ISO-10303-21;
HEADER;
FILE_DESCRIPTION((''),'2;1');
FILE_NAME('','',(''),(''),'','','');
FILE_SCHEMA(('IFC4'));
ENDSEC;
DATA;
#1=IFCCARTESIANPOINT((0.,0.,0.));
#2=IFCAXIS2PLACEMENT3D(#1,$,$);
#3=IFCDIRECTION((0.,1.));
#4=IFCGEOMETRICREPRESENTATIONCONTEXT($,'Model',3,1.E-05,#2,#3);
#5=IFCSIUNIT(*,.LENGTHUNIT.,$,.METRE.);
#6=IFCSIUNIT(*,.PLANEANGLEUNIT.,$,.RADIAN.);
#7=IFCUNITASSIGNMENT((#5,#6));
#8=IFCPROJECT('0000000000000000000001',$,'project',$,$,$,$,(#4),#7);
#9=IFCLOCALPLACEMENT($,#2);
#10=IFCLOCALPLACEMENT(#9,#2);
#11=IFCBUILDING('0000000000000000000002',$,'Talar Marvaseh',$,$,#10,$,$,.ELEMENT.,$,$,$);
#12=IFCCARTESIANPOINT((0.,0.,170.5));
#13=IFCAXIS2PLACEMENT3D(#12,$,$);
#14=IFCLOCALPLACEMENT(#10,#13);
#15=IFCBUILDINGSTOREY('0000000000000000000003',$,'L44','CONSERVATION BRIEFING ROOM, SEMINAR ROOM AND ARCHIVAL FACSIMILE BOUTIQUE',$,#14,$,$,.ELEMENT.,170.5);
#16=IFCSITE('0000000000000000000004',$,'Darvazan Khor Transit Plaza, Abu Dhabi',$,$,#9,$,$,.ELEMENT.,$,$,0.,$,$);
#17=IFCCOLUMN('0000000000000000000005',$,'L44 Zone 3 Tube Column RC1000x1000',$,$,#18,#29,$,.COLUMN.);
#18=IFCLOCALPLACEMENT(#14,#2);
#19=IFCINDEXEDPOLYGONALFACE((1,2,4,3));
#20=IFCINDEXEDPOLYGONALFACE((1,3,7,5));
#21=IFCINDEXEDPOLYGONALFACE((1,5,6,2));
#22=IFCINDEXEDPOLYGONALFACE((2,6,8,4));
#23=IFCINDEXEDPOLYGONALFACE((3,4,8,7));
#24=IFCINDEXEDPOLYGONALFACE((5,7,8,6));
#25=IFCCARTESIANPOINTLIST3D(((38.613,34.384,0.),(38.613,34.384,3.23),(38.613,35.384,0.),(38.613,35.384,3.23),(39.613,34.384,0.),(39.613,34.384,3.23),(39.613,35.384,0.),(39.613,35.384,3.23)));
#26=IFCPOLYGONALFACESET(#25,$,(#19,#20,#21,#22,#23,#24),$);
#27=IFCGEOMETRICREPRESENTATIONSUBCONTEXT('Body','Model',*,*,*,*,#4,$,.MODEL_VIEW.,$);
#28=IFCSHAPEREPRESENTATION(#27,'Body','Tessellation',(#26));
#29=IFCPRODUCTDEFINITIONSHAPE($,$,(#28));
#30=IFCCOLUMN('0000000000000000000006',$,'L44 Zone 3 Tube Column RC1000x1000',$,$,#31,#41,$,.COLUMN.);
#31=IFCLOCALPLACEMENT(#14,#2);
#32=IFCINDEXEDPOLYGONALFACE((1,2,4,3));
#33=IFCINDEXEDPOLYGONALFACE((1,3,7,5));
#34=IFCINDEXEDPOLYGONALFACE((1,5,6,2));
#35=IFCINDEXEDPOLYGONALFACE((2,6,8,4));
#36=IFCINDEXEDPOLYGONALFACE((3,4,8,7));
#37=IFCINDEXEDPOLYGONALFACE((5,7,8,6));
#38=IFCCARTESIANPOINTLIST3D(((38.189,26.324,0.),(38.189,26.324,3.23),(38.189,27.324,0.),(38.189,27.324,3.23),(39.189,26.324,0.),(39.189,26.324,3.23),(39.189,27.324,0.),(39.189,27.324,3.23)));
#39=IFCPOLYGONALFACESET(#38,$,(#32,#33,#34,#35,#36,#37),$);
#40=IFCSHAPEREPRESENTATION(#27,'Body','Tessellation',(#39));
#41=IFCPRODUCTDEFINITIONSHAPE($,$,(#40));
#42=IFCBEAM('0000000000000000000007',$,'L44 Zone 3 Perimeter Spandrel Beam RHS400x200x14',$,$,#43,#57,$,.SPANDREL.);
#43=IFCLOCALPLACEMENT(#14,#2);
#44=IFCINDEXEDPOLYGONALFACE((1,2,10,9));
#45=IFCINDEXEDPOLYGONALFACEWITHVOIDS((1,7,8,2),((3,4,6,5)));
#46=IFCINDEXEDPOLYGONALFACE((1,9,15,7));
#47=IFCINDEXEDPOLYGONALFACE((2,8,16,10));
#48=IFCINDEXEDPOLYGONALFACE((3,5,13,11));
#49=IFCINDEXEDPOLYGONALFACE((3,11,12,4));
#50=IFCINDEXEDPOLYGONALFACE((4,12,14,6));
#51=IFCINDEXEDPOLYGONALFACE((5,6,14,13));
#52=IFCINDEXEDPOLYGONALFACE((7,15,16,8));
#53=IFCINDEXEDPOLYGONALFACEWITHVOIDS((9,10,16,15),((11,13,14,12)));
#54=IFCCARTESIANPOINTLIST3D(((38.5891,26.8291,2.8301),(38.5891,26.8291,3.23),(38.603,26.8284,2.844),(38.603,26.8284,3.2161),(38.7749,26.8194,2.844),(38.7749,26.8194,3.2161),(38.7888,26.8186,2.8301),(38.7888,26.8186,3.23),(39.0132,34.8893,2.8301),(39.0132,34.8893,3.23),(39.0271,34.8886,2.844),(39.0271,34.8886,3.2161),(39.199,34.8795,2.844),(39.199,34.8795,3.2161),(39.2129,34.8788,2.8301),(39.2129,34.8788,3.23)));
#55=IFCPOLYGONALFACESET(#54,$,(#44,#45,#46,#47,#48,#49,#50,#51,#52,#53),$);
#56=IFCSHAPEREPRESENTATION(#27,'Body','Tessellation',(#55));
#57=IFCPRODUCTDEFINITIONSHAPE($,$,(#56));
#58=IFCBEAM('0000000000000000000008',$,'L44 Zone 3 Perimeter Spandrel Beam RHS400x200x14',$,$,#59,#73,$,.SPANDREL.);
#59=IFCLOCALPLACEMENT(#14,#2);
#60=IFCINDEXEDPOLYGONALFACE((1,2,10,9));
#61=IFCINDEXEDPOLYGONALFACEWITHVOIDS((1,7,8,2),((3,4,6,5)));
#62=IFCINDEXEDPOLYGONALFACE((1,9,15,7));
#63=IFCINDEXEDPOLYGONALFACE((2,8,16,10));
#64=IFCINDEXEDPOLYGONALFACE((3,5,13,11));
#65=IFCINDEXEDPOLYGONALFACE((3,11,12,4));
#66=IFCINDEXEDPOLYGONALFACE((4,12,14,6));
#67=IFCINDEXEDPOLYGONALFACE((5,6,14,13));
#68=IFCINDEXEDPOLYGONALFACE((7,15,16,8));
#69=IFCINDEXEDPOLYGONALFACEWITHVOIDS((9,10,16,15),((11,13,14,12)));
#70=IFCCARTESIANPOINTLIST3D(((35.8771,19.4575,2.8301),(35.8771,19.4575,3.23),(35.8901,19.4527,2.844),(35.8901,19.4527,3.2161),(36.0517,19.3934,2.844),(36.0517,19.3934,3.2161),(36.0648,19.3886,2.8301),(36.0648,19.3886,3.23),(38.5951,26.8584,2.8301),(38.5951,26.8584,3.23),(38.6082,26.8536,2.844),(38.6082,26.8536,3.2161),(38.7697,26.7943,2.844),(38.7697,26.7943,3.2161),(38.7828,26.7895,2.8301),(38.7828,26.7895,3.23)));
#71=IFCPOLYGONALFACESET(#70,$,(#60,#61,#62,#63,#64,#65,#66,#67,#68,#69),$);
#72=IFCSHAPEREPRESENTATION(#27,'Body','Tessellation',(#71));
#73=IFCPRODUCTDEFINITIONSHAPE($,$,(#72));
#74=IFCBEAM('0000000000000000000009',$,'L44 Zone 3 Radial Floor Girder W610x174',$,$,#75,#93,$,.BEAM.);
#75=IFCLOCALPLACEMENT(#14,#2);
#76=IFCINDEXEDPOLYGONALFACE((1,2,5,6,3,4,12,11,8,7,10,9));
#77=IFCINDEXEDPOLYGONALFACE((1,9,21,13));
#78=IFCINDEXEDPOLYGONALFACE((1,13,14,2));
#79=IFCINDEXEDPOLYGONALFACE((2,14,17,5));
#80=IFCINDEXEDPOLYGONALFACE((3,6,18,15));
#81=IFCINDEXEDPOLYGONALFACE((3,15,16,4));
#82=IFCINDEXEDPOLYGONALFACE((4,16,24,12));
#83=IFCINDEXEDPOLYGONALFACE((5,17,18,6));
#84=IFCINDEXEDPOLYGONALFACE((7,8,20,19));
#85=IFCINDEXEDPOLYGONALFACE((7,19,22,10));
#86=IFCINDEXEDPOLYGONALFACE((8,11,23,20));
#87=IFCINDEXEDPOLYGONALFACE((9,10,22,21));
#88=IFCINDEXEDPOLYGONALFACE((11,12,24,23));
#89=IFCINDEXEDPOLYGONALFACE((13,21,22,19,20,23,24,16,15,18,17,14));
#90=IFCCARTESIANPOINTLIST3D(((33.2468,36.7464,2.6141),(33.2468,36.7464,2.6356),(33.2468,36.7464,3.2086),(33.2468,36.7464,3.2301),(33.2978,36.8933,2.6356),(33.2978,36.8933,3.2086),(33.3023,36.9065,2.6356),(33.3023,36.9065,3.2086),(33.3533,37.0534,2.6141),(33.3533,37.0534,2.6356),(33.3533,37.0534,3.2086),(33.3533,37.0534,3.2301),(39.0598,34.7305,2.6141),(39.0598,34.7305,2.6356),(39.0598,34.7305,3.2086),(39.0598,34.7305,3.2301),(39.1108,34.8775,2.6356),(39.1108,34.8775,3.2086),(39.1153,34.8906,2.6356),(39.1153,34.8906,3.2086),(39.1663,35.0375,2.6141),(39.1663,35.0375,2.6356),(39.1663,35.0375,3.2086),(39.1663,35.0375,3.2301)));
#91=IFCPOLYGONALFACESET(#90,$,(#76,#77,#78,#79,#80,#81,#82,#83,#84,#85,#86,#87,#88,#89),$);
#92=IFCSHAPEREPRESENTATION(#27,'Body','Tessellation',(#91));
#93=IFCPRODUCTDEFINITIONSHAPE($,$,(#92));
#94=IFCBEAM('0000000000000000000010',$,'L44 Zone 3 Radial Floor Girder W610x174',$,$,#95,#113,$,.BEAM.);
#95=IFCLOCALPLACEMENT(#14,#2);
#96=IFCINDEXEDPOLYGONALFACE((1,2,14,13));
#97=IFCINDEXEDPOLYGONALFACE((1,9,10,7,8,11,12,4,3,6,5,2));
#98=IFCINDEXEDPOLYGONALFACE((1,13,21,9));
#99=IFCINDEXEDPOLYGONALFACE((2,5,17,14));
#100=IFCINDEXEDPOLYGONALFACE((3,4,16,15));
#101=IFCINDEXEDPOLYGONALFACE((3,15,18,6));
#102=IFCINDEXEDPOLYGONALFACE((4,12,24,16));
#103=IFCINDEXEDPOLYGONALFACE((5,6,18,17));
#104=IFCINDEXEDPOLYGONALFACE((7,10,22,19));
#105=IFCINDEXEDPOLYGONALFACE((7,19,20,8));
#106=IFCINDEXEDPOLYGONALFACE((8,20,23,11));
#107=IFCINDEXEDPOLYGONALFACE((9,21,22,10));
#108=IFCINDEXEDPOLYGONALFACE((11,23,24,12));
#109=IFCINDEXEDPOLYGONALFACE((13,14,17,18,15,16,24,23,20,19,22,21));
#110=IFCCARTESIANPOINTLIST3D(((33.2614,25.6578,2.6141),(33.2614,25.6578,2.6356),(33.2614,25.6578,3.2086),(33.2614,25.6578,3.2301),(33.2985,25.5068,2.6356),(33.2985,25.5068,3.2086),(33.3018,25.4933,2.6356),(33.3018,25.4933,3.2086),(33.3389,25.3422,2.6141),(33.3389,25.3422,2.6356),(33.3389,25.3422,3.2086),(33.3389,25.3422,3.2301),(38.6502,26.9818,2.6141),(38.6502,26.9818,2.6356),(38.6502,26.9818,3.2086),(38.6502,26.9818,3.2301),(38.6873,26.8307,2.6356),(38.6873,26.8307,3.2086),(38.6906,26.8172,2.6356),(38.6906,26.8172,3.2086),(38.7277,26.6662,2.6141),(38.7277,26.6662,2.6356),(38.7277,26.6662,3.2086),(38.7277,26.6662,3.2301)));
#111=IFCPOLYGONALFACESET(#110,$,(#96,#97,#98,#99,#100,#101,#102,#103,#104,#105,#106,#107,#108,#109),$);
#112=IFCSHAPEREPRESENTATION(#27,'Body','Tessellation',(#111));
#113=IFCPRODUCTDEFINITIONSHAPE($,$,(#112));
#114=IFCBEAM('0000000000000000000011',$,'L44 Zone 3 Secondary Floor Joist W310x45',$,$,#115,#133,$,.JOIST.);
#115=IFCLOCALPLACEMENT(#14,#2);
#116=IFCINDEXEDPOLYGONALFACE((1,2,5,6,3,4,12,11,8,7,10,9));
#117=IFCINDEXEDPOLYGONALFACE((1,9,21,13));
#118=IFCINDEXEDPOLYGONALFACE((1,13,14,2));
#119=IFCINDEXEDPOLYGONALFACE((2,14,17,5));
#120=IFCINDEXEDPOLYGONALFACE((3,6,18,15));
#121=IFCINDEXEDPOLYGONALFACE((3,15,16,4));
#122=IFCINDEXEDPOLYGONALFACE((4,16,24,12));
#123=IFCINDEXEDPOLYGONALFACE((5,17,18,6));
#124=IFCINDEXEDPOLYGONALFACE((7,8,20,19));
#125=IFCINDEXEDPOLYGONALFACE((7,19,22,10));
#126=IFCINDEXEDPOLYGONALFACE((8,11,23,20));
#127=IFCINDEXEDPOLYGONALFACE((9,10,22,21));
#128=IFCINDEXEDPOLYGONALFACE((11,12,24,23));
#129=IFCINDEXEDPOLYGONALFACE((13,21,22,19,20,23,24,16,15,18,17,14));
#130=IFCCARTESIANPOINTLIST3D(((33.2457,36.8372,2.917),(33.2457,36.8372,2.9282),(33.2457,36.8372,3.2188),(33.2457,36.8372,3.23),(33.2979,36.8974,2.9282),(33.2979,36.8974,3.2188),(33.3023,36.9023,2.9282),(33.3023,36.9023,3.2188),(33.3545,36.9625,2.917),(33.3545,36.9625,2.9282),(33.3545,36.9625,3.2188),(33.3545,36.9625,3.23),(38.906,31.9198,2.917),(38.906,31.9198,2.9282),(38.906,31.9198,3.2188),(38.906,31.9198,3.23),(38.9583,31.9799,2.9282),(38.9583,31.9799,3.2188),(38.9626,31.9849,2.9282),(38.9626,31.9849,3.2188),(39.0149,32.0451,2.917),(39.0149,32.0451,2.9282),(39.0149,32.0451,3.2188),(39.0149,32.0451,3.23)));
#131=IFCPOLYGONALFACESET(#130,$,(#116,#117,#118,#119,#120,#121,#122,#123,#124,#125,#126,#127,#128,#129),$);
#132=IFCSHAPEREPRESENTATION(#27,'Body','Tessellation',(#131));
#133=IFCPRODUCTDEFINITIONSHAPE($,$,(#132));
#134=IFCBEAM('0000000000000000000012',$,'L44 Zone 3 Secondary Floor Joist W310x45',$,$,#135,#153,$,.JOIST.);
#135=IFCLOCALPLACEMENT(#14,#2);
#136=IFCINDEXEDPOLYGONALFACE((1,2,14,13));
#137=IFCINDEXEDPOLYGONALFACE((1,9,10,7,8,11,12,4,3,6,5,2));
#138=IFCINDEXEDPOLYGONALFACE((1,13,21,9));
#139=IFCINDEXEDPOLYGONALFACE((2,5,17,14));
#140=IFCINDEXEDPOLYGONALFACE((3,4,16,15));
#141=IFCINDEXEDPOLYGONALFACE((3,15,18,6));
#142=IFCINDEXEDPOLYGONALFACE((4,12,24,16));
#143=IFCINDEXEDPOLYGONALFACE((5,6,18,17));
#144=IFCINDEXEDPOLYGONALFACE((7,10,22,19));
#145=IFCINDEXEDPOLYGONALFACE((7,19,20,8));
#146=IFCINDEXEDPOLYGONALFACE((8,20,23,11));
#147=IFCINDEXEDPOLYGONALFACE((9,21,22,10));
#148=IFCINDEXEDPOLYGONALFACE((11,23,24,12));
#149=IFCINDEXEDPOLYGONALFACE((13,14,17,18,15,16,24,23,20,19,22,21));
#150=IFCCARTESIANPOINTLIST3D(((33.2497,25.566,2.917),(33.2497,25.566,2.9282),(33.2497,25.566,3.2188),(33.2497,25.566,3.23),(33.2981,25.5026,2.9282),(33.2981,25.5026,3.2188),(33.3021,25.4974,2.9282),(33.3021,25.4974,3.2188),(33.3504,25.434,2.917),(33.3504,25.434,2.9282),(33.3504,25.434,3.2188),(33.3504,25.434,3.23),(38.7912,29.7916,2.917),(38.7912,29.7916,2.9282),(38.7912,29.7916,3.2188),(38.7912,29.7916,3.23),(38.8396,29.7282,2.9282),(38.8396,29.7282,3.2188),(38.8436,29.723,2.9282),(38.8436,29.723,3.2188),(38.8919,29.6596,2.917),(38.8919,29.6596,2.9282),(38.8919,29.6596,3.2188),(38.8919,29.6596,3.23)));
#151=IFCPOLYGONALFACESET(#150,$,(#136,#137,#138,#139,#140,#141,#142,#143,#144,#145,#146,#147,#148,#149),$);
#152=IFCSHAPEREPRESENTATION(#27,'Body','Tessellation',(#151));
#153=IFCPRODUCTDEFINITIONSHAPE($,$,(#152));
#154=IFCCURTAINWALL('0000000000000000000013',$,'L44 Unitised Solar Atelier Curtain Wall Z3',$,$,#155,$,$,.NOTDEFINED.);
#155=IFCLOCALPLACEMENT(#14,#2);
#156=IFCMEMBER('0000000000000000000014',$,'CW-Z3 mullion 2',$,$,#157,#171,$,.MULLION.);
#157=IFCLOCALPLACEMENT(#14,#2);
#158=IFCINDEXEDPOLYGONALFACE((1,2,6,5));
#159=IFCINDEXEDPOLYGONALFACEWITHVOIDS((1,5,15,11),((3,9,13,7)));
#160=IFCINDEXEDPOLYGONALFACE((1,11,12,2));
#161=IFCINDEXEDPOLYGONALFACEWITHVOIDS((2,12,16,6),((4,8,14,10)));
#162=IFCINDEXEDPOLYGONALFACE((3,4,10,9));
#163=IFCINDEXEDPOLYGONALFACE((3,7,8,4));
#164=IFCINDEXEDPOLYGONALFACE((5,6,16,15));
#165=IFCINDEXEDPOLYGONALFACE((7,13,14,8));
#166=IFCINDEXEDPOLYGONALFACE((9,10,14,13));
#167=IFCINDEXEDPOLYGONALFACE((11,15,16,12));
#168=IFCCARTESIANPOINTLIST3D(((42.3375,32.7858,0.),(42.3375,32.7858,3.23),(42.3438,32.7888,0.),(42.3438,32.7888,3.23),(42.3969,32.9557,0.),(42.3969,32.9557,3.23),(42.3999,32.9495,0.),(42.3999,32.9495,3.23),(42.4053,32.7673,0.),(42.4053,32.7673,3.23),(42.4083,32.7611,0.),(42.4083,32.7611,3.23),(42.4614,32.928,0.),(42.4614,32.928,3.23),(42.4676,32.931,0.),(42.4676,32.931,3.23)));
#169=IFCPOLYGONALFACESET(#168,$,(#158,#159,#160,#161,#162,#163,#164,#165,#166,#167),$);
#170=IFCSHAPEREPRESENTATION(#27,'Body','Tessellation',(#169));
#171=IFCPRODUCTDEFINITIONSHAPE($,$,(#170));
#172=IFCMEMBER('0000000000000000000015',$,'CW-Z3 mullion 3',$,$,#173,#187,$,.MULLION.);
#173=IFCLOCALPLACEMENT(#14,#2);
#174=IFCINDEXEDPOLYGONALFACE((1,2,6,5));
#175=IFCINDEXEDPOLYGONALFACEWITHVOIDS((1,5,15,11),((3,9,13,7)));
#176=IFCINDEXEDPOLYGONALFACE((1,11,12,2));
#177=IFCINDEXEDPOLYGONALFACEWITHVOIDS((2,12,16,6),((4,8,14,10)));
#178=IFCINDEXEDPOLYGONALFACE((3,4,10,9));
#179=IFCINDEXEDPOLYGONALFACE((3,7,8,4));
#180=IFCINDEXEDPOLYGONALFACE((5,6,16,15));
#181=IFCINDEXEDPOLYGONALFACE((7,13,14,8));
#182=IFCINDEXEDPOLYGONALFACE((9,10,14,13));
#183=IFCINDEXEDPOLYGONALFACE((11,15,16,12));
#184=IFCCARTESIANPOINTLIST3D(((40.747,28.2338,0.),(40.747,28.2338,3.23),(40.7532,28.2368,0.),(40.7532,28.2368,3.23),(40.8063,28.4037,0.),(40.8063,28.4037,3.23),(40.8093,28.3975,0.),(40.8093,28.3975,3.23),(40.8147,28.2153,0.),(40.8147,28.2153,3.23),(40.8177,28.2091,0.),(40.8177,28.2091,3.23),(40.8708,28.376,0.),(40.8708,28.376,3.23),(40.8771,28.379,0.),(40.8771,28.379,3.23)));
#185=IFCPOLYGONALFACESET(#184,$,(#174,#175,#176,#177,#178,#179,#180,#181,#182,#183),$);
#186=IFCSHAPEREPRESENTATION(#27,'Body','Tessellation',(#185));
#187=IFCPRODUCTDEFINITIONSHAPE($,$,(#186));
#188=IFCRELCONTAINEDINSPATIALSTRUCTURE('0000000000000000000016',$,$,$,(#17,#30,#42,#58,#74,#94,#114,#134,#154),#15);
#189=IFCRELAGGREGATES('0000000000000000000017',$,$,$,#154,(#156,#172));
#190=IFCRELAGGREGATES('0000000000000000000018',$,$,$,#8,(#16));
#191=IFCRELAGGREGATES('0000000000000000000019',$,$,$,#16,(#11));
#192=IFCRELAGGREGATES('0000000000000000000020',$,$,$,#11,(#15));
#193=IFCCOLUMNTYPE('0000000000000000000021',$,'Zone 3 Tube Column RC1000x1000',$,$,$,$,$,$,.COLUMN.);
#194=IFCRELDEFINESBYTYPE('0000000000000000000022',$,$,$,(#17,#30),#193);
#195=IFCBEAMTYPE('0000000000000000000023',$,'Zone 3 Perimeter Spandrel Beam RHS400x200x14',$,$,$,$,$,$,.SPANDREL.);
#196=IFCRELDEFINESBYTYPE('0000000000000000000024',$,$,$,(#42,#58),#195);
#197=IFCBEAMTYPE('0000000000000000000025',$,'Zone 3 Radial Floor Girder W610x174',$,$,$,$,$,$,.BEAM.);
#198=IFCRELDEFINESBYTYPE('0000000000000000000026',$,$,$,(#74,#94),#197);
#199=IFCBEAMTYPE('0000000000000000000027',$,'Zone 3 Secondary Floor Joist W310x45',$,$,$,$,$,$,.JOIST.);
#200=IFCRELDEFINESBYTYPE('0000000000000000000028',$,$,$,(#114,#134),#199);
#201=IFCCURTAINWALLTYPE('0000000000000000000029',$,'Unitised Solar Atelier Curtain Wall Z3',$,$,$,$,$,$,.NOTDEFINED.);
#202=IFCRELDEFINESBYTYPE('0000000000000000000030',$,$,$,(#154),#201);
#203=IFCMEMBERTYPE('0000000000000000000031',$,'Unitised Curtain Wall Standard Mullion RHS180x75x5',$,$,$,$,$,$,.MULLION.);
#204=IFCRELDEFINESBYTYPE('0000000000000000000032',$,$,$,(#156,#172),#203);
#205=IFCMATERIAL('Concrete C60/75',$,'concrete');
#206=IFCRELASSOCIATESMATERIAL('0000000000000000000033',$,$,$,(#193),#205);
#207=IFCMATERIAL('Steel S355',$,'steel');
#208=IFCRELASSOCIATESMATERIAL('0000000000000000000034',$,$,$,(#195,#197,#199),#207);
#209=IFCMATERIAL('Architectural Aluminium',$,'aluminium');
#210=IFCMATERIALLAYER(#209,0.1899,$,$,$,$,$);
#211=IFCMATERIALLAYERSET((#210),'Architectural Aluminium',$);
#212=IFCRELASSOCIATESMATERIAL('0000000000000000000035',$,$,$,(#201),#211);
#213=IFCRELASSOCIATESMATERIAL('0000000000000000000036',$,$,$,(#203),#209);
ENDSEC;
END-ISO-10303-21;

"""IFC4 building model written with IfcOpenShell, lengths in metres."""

from ifc_helpers import new_model, si_unit, direction, frame, origin, origin_2d, place, context, subcontext, project, spatial, rectangle, hollow_rectangle, i_section, extrude, source, transform, mapped, material, layer, layer_set, material_profile, profile_set, type_object, type_shapes, element, aggregate, save


model = new_model("IFC4")

# Units and contexts
model_context = context("Model", 3, precision=1e-05, world=origin(), true_north=direction((0.0, 1.0)))
body_context = subcontext(model_context, "Body", "Model", "MODEL_VIEW")
ifc_project = project(units=[si_unit("LENGTHUNIT", "METRE"), si_unit("PLANEANGLEUNIT", "RADIAN")], contexts=[model_context])

# Site, building, storey
site_placement = place(None, origin())
site = spatial("IfcSite", under=ifc_project, at=site_placement, Name="Darvazan Khor Transit Plaza, Abu Dhabi", CompositionType="ELEMENT", RefElevation=0.0)
building_placement = place(site_placement, origin())
building = spatial("IfcBuilding", under=site, at=building_placement, Name="Talar Marvaseh", CompositionType="ELEMENT")
storey_placement = place(building_placement, frame((0.0, 0.0, 170.5)))
storey = spatial("IfcBuildingStorey", under=building, at=storey_placement, Name="L44", Description="CONSERVATION BRIEFING ROOM, SEMINAR ROOM AND ARCHIVAL FACSIMILE BOUTIQUE", CompositionType="ELEMENT", Elevation=170.5)

# Columns
ifc_material_1 = material(Name="Concrete C60/75", Category="concrete")
ifc_material_profile_1 = material_profile(ifc_material_1, rectangle(XDim=1.0, YDim=1.0, at=origin_2d()), Name="RC1000x1000")
ifc_profile_set_1 = profile_set([ifc_material_profile_1], Name="Concrete C60/75")
column_type = type_object("IfcColumnType", Name="Zone 3 Tube Column RC1000x1000", PredefinedType="COLUMN", material=ifc_profile_set_1)
for number, where, z_axis, x_axis, name in (
    (1, (39.113, 34.884, 0.0), (0.0, 0.0, 1.0), (1.0, 0.0, 0.0), "L44 Zone 3 Tube Column RC1000x1000"),
    (2, (38.689, 26.824, 0.0), (0.0, 0.0, 1.0), (1.0, 0.0, 0.0), "L44 Zone 3 Tube Column RC1000x1000"),
):
    element("IfcColumn", number, at=place(storey_placement, frame(where, z_axis=z_axis, x_axis=x_axis)), inside=storey, type_object=column_type, Name=name, PredefinedType="COLUMN", context=body_context, shape_type="SweptSolid", body=[
        extrude(rectangle(XDim=1.0, YDim=1.0, at=origin_2d()), origin(), (0.0, 0.0, 1.0), 3.23),
    ])

# Beams
ifc_material_2 = material(Name="Steel S355", Category="steel")
ifc_material_profile_2 = material_profile(ifc_material_2, hollow_rectangle(XDim=0.2, YDim=0.3999, WallThickness=0.0139, at=origin_2d()), Name="RHS400x200x14")
ifc_profile_set_2 = profile_set([ifc_material_profile_2], Name="Steel S355")
beam_type_1 = type_object("IfcBeamType", Name="Zone 3 Perimeter Spandrel Beam RHS400x200x14", PredefinedType="SPANDREL", material=ifc_profile_set_2)
beam_1_placement = place(storey_placement, frame((39.113, 34.884, 3.03), z_axis=(-0.052541, -0.998619, 0.0), x_axis=(0.998619, -0.052541, 0.0)))
element("IfcBeam", 3, at=beam_1_placement, inside=storey, type_object=beam_type_1, Name="L44 Zone 3 Perimeter Spandrel Beam RHS400x200x14", PredefinedType="SPANDREL", context=body_context, shape_type="SweptSolid", body=[
    extrude(hollow_rectangle(XDim=0.2, YDim=0.3999, WallThickness=0.0139, at=origin_2d()), origin(), (0.0, 0.0, 1.0), 8.0713),
])
beam_2_placement = place(storey_placement, frame((38.689, 26.824, 3.03), z_axis=(-0.344742, -0.938697, 0.0), x_axis=(0.938697, -0.344742, 0.0)))
element("IfcBeam", 4, at=beam_2_placement, inside=storey, type_object=beam_type_1, Name="L44 Zone 3 Perimeter Spandrel Beam RHS400x200x14", PredefinedType="SPANDREL", context=body_context, shape_type="SweptSolid", body=[
    extrude(hollow_rectangle(XDim=0.2, YDim=0.3999, WallThickness=0.0139, at=origin_2d()), origin(), (0.0, 0.0, 1.0), 7.8843),
])
ifc_material_profile_3 = material_profile(ifc_material_2, i_section(OverallWidth=0.325, OverallDepth=0.616, WebThickness=0.0139, FlangeThickness=0.0215, at=origin_2d()), Name="W610x174")
ifc_profile_set_3 = profile_set([ifc_material_profile_3], Name="Steel S355")
beam_type_2 = type_object("IfcBeamType", Name="Zone 3 Radial Floor Girder W610x174", PredefinedType="BEAM", material=ifc_profile_set_3)
beam_3_placement = place(storey_placement, frame((39.113, 34.884, 2.9221), z_axis=(-0.944801, 0.327645, 0.0), x_axis=(-0.327645, -0.944801, 0.0)))
element("IfcBeam", 5, at=beam_3_placement, inside=storey, type_object=beam_type_2, Name="L44 Zone 3 Radial Floor Girder W610x174", PredefinedType="BEAM", context=body_context, shape_type="SweptSolid", body=[
    extrude(i_section(OverallWidth=0.325, OverallDepth=0.616, WebThickness=0.0139, FlangeThickness=0.0215, at=origin_2d()), origin(), (0.0, 0.0, 1.0), 6.1526),
])
beam_4_placement = place(storey_placement, frame((38.689, 26.824, 2.9221), z_axis=(-0.971121, -0.23859, 0.0), x_axis=(0.23859, -0.971121, 0.0)))
element("IfcBeam", 6, at=beam_4_placement, inside=storey, type_object=beam_type_2, Name="L44 Zone 3 Radial Floor Girder W610x174", PredefinedType="BEAM", context=body_context, shape_type="SweptSolid", body=[
    extrude(i_section(OverallWidth=0.325, OverallDepth=0.616, WebThickness=0.0139, FlangeThickness=0.0215, at=origin_2d()), origin(), (0.0, 0.0, 1.0), 5.5491),
])
ifc_material_profile_4 = material_profile(ifc_material_2, i_section(OverallWidth=0.166, OverallDepth=0.313, WebThickness=0.0066, FlangeThickness=0.0112, at=origin_2d()), Name="W310x45")
ifc_profile_set_4 = profile_set([ifc_material_profile_4], Name="Steel S355")
beam_type_3 = type_object("IfcBeamType", Name="Zone 3 Secondary Floor Joist W310x45", PredefinedType="JOIST", material=ifc_profile_set_4)
beam_5_placement = place(storey_placement, frame((38.9604, 31.9824, 3.0735), z_axis=(-0.75491, 0.655829, 0.0), x_axis=(-0.655829, -0.75491, 0.0)))
element("IfcBeam", 7, at=beam_5_placement, inside=storey, type_object=beam_type_3, Name="L44 Zone 3 Secondary Floor Joist W310x45", PredefinedType="JOIST", context=body_context, shape_type="SweptSolid", body=[
    extrude(i_section(OverallWidth=0.166, OverallDepth=0.313, WebThickness=0.0066, FlangeThickness=0.0112, at=origin_2d()), origin(), (0.0, 0.0, 1.0), 7.498),
])
beam_6_placement = place(storey_placement, frame((38.8416, 29.7256, 3.0735), z_axis=(-0.79519, -0.60636, 0.0), x_axis=(0.60636, -0.79519, 0.0)))
element("IfcBeam", 8, at=beam_6_placement, inside=storey, type_object=beam_type_3, Name="L44 Zone 3 Secondary Floor Joist W310x45", PredefinedType="JOIST", context=body_context, shape_type="SweptSolid", body=[
    extrude(i_section(OverallWidth=0.166, OverallDepth=0.313, WebThickness=0.0066, FlangeThickness=0.0112, at=origin_2d()), origin(), (0.0, 0.0, 1.0), 6.9688),
])

# Curtain wall, members
ifc_material_3 = material(Name="Architectural Aluminium", Category="aluminium")
ifc_layer_1 = layer(ifc_material_3, 0.1899)
ifc_layer_set_1 = layer_set([ifc_layer_1], Name="Architectural Aluminium")
curtain_wall_type = type_object("IfcCurtainWallType", Name="Unitised Solar Atelier Curtain Wall Z3", PredefinedType="NOTDEFINED", material=ifc_layer_set_1)
curtain_wall_placement = place(storey_placement, origin())
curtain_wall = element("IfcCurtainWall", 9, at=curtain_wall_placement, inside=storey, type_object=curtain_wall_type, Name="L44 Unitised Solar Atelier Curtain Wall Z3", PredefinedType="NOTDEFINED")
ifc_material_profile_5 = material_profile(ifc_material_3, hollow_rectangle(XDim=0.075, YDim=0.1799, WallThickness=0.0049, at=origin_2d()), Name="RHS180x75x5")
ifc_profile_set_5 = profile_set([ifc_material_profile_5], Name="Architectural Aluminium")
member_type_1 = type_object("IfcMemberType", Name="Unitised Curtain Wall Standard Mullion RHS180x75x5", PredefinedType="MULLION", material=ifc_profile_set_5)
shared_shape_1 = source(origin(), body_context, "Body", "SweptSolid", [
    extrude(hollow_rectangle(XDim=0.075, YDim=0.1799, WallThickness=0.0049, at=origin_2d()), origin(), (0.0, 0.0, 1.0), 3.23),
])
type_shapes(member_type_1, [shared_shape_1])
member_1_placement = place(storey_placement, frame((42.4026, 32.8584, 0.0), z_axis=(0.0, 0.0, 1.0), x_axis=(0.944037, -0.329839, 0.0)))
member_1 = element("IfcMember", 10, at=member_1_placement, type_object=member_type_1, Name="CW-Z3 mullion 2", PredefinedType="MULLION", context=body_context, shape_type="MappedRepresentation", body=[
    mapped(shared_shape_1, transform((0.0, 0.0, 0.0), x_axis=(1.0, 0.0, 0.0), y_axis=(0.0, 1.0, 0.0), z_axis=(0.0, 0.0, 1.0), scale=1.0)),
])
member_2_placement = place(storey_placement, frame((40.812, 28.3064, 0.0), z_axis=(0.0, 0.0, 1.0), x_axis=(0.944037, -0.329839, 0.0)))
member_2 = element("IfcMember", 11, at=member_2_placement, type_object=member_type_1, Name="CW-Z3 mullion 3", PredefinedType="MULLION", context=body_context, shape_type="MappedRepresentation", body=[
    mapped(shared_shape_1, transform((0.0, 0.0, 0.0), x_axis=(1.0, 0.0, 0.0), y_axis=(0.0, 1.0, 0.0), z_axis=(0.0, 0.0, 1.0), scale=1.0)),
])
aggregate(curtain_wall, [member_1, member_2])

save(model, "model.ifc")
